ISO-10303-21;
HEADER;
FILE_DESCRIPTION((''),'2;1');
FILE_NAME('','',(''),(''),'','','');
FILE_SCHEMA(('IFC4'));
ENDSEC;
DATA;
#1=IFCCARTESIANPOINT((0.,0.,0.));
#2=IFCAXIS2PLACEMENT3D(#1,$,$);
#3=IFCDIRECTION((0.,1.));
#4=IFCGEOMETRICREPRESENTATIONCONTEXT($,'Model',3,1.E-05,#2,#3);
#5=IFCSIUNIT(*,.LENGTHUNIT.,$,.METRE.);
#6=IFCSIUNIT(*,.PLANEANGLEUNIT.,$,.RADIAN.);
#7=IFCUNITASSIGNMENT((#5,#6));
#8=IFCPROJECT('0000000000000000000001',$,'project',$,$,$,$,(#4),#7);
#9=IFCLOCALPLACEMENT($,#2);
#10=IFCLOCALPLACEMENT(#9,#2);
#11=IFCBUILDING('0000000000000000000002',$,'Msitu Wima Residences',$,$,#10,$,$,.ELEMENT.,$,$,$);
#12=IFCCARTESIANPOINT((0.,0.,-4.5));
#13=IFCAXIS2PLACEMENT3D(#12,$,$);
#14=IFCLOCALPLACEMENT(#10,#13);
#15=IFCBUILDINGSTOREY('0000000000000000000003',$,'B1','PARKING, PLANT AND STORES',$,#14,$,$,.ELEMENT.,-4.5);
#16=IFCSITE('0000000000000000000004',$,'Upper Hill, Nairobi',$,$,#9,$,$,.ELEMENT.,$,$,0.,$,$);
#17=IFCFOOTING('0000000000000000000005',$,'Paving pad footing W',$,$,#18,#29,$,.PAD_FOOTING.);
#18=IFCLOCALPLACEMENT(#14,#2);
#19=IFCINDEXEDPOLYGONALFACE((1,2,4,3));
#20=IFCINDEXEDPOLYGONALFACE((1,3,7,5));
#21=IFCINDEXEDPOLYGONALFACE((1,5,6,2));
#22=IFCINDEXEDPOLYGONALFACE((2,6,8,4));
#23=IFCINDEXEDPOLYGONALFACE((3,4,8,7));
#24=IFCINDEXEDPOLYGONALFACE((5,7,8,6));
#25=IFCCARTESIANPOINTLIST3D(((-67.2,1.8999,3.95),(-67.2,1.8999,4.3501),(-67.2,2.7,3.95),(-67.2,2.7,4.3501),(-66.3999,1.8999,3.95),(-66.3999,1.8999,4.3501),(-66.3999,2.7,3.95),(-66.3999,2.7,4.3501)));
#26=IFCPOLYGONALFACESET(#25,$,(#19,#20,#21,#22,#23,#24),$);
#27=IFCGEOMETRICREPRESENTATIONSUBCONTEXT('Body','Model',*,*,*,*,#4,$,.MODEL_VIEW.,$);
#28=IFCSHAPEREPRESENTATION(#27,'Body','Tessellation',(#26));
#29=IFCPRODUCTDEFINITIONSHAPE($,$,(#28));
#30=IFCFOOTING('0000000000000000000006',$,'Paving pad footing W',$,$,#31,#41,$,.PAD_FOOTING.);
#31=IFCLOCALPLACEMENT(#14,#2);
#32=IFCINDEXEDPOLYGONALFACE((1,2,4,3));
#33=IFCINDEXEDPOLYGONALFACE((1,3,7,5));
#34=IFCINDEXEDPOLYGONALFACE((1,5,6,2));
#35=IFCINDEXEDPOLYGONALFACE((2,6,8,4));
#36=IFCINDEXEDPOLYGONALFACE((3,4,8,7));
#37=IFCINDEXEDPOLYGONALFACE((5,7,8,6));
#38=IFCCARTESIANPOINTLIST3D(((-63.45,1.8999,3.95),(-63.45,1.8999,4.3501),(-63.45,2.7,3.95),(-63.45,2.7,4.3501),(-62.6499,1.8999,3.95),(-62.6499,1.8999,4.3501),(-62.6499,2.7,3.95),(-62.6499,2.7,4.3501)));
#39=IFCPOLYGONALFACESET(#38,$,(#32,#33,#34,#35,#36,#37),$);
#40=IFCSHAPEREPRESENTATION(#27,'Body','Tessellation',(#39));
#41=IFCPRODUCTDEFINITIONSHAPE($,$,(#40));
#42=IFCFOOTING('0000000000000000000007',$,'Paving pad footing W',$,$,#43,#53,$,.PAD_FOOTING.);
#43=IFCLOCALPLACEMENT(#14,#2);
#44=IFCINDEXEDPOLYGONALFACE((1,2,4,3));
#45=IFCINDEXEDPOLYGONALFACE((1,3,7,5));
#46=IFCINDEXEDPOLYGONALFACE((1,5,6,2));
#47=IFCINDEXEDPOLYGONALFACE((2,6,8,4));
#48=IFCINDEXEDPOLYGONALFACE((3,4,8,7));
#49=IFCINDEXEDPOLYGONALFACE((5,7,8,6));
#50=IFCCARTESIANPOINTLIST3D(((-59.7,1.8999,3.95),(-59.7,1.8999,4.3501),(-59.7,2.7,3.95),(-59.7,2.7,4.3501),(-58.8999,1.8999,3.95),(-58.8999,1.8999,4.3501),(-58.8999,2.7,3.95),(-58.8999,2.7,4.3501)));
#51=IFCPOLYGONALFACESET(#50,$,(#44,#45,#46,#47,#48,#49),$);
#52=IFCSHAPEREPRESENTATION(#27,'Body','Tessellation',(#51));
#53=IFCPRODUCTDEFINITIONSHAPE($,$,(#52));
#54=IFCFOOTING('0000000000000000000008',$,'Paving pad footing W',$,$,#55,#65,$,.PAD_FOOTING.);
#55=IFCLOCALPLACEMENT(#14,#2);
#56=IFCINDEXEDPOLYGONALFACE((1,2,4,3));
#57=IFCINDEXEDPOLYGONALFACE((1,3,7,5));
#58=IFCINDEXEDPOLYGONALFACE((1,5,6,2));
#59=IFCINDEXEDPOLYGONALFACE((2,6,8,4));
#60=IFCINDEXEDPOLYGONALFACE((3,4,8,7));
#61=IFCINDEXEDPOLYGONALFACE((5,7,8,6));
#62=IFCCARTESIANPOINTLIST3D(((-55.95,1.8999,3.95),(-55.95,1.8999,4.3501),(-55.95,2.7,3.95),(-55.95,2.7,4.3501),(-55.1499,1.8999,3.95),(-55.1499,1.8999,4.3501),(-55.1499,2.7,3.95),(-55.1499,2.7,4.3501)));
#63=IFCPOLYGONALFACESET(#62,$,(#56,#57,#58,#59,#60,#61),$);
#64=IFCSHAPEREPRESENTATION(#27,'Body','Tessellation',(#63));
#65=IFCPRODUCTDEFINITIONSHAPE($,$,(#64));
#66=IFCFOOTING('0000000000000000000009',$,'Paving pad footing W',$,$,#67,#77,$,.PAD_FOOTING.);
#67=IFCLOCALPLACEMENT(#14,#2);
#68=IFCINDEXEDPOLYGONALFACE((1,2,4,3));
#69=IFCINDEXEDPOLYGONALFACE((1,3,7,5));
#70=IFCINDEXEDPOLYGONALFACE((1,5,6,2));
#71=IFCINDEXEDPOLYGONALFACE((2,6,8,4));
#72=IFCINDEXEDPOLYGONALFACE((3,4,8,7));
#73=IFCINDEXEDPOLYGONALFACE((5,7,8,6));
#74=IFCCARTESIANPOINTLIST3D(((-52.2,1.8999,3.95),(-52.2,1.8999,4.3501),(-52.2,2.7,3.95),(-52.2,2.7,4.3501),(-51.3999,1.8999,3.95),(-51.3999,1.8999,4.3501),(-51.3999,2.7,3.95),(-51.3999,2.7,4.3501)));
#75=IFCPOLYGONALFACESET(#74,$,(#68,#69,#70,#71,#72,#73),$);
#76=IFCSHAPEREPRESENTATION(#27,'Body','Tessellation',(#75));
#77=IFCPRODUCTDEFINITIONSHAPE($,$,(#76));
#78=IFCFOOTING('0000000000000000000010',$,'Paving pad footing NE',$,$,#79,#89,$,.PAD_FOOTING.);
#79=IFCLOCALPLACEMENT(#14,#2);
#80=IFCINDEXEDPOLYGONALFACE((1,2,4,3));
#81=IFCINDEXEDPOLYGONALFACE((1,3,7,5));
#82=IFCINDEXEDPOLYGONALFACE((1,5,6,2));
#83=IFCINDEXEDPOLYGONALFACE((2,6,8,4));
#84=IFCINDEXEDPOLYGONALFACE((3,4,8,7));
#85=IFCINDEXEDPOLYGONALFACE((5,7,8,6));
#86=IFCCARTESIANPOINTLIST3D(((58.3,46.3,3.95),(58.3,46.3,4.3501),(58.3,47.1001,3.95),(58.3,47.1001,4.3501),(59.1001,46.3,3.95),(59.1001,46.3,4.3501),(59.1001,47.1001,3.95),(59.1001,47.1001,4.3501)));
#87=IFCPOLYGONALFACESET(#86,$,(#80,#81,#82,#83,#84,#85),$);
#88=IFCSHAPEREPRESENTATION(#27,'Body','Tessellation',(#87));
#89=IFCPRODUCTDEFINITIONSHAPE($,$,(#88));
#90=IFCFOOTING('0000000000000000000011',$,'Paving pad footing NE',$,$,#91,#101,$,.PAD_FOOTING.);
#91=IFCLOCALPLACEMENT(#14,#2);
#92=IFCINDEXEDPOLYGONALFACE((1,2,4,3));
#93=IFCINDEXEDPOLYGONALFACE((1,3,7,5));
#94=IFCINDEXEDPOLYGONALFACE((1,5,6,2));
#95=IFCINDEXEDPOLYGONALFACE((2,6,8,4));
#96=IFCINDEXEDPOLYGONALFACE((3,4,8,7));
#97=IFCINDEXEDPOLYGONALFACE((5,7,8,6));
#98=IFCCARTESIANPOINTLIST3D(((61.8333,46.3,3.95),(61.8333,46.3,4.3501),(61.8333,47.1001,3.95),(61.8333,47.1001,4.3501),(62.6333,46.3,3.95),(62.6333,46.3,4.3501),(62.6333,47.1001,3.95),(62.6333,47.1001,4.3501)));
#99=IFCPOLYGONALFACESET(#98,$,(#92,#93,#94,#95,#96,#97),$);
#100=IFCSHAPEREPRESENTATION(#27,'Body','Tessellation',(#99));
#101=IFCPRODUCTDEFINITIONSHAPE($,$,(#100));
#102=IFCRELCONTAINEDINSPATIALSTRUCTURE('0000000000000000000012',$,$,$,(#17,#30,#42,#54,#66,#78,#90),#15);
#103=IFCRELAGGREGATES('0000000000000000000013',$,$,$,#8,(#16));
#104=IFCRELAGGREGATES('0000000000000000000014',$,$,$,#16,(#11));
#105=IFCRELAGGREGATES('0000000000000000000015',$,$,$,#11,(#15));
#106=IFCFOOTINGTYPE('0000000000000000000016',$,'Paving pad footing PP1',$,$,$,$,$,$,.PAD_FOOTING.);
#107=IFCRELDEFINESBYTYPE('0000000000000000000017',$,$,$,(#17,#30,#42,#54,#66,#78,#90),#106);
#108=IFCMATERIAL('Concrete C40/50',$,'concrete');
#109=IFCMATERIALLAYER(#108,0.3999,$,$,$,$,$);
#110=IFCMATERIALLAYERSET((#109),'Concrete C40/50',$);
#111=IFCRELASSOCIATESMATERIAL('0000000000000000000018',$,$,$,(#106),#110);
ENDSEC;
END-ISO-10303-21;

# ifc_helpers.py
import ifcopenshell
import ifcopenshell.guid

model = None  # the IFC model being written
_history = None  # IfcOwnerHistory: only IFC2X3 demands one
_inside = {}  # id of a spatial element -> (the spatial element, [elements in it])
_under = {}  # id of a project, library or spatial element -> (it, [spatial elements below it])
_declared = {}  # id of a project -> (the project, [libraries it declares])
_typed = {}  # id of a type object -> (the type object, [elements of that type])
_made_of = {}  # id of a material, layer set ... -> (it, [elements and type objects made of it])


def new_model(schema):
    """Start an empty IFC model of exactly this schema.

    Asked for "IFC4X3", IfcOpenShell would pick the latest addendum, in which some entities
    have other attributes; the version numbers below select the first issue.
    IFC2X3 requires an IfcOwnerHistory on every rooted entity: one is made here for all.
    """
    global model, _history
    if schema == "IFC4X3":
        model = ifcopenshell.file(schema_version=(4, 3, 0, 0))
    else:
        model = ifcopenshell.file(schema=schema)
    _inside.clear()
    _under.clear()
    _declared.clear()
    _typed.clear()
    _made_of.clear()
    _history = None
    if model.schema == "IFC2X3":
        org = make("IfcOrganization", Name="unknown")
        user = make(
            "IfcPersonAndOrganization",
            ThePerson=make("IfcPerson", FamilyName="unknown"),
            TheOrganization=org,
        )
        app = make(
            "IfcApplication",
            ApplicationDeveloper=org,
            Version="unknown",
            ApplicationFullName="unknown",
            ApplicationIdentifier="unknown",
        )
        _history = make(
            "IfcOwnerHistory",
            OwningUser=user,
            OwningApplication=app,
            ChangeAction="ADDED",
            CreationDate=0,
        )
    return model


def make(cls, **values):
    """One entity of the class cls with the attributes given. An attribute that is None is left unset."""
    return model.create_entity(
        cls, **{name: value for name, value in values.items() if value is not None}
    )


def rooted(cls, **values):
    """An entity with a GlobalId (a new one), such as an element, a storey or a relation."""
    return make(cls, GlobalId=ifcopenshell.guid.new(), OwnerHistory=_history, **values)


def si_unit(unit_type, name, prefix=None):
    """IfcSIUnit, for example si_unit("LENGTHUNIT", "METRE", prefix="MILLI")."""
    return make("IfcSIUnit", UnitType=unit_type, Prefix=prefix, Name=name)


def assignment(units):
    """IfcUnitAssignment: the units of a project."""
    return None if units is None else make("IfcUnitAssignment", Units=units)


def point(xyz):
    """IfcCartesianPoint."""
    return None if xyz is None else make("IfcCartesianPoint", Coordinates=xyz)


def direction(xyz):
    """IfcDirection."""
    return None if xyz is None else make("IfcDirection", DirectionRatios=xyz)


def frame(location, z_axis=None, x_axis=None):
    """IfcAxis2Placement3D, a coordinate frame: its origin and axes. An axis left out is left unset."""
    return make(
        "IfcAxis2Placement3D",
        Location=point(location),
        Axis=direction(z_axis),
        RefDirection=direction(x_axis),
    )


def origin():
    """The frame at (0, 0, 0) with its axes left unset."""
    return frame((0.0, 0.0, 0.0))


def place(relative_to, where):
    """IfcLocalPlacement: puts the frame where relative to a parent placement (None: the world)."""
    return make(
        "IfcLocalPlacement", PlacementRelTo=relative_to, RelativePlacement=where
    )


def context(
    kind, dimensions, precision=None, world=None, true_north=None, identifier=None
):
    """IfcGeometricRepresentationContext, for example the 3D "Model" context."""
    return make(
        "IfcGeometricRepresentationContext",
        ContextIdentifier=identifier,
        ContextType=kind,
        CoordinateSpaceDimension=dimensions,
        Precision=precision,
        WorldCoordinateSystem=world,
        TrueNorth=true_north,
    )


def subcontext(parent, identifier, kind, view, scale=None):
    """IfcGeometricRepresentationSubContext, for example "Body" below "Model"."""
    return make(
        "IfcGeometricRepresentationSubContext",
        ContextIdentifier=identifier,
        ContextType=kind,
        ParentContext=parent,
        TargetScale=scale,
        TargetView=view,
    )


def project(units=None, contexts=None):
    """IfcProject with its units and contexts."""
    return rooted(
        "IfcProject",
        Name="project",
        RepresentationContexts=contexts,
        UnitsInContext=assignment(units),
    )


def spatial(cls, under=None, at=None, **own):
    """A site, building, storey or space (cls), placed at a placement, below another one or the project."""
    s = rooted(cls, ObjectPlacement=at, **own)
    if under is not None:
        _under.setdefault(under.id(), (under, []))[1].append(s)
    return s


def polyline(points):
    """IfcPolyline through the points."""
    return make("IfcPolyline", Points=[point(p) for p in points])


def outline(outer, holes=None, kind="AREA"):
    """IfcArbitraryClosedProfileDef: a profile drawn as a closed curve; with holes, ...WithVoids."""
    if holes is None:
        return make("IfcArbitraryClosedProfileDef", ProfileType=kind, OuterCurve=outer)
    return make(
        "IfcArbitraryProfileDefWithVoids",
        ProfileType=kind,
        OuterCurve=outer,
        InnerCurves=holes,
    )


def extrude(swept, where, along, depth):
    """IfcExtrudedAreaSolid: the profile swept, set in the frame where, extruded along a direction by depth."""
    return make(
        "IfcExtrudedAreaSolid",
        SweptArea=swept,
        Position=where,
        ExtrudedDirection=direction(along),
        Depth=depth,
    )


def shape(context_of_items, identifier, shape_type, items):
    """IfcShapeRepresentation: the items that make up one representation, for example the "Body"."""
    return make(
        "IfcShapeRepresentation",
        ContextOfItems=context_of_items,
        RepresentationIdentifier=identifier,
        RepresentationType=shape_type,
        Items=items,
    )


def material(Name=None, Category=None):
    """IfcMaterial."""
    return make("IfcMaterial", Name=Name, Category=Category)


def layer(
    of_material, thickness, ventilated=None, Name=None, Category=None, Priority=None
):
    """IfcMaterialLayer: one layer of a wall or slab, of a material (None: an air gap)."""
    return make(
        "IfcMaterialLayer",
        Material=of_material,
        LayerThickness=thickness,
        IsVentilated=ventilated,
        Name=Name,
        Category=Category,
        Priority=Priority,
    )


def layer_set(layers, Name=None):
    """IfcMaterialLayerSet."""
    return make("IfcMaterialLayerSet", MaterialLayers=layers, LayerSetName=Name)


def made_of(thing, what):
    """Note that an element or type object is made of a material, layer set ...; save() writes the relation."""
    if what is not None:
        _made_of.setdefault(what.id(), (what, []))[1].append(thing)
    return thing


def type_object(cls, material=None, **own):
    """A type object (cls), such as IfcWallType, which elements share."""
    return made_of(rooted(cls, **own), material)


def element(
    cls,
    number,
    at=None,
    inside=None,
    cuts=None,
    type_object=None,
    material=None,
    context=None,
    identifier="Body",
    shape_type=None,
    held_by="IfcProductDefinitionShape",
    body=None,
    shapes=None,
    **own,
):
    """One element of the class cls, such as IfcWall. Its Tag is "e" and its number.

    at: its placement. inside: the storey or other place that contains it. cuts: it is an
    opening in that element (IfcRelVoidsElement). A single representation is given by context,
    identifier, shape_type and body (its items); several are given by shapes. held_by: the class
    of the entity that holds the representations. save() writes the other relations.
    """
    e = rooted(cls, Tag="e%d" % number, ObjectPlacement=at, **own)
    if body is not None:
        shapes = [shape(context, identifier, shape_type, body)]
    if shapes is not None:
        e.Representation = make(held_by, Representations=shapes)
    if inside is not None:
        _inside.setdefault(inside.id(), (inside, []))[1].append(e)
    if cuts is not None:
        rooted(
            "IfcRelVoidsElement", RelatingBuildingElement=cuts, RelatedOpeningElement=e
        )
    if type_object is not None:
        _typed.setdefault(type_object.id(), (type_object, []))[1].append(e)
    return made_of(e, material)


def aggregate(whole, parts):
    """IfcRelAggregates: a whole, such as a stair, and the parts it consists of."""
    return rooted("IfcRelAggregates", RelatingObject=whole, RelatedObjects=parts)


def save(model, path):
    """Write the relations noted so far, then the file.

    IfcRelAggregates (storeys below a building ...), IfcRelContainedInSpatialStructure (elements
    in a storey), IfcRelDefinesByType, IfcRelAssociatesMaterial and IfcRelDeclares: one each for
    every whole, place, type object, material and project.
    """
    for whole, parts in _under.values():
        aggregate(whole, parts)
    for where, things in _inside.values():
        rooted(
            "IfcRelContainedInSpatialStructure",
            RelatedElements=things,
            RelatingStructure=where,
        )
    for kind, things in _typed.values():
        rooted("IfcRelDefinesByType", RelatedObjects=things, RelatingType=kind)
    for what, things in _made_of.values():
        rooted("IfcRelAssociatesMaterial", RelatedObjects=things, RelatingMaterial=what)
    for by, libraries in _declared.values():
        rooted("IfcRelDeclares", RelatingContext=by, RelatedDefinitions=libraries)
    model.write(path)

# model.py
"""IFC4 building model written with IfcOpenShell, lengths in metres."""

from ifc_helpers import new_model, si_unit, direction, frame, origin, place, context, subcontext, project, spatial, polyline, outline, extrude, material, layer, layer_set, type_object, element, save


model = new_model("IFC4")

# Units and contexts
model_context = context("Model", 3, precision=1e-05, world=origin(), true_north=direction((0.0, 1.0)))
body_context = subcontext(model_context, "Body", "Model", "MODEL_VIEW")
ifc_project = project(units=[si_unit("LENGTHUNIT", "METRE"), si_unit("PLANEANGLEUNIT", "RADIAN")], contexts=[model_context])

# Site, building, storey
site_placement = place(None, origin())
site = spatial("IfcSite", under=ifc_project, at=site_placement, Name="Upper Hill, Nairobi", CompositionType="ELEMENT", RefElevation=0.0)
building_placement = place(site_placement, origin())
building = spatial("IfcBuilding", under=site, at=building_placement, Name="Msitu Wima Residences", CompositionType="ELEMENT")
storey_placement = place(building_placement, frame((0.0, 0.0, -4.5)))
storey = spatial("IfcBuildingStorey", under=building, at=storey_placement, Name="B1", Description="PARKING, PLANT AND STORES", CompositionType="ELEMENT", Elevation=-4.5)

# Footings
ifc_material = material(Name="Concrete C40/50", Category="concrete")
ifc_layer = layer(ifc_material, 0.3999)
ifc_layer_set = layer_set([ifc_layer], Name="Concrete C40/50")
footing_type = type_object("IfcFootingType", Name="Paving pad footing PP1", PredefinedType="PAD_FOOTING", material=ifc_layer_set)
footing_1_placement = place(storey_placement, frame((0.0, 0.0, 3.95)))
element("IfcFooting", 1, at=footing_1_placement, inside=storey, type_object=footing_type, Name="Paving pad footing W", PredefinedType="PAD_FOOTING", context=body_context, shape_type="SweptSolid", body=[
    extrude(outline(polyline([(-66.3999, 1.8999), (-66.3999, 2.7), (-67.2, 2.7), (-67.2, 1.8999), (-66.3999, 1.8999)])), origin(), (0.0, 0.0, 1.0), 0.4001),
])
footing_2_placement = place(storey_placement, frame((0.0, 0.0, 3.95)))
element("IfcFooting", 2, at=footing_2_placement, inside=storey, type_object=footing_type, Name="Paving pad footing W", PredefinedType="PAD_FOOTING", context=body_context, shape_type="SweptSolid", body=[
    extrude(outline(polyline([(-62.6499, 1.8999), (-62.6499, 2.7), (-63.45, 2.7), (-63.45, 1.8999), (-62.6499, 1.8999)])), origin(), (0.0, 0.0, 1.0), 0.4001),
])
footing_3_placement = place(storey_placement, frame((0.0, 0.0, 3.95)))
element("IfcFooting", 3, at=footing_3_placement, inside=storey, type_object=footing_type, Name="Paving pad footing W", PredefinedType="PAD_FOOTING", context=body_context, shape_type="SweptSolid", body=[
    extrude(outline(polyline([(-58.8999, 1.8999), (-58.8999, 2.7), (-59.7, 2.7), (-59.7, 1.8999), (-58.8999, 1.8999)])), origin(), (0.0, 0.0, 1.0), 0.4001),
])
footing_4_placement = place(storey_placement, frame((0.0, 0.0, 3.95)))
element("IfcFooting", 4, at=footing_4_placement, inside=storey, type_object=footing_type, Name="Paving pad footing W", PredefinedType="PAD_FOOTING", context=body_context, shape_type="SweptSolid", body=[
    extrude(outline(polyline([(-55.1499, 1.8999), (-55.1499, 2.7), (-55.95, 2.7), (-55.95, 1.8999), (-55.1499, 1.8999)])), origin(), (0.0, 0.0, 1.0), 0.4001),
])
footing_5_placement = place(storey_placement, frame((0.0, 0.0, 3.95)))
element("IfcFooting", 5, at=footing_5_placement, inside=storey, type_object=footing_type, Name="Paving pad footing W", PredefinedType="PAD_FOOTING", context=body_context, shape_type="SweptSolid", body=[
    extrude(outline(polyline([(-51.3999, 1.8999), (-51.3999, 2.7), (-52.2, 2.7), (-52.2, 1.8999), (-51.3999, 1.8999)])), origin(), (0.0, 0.0, 1.0), 0.4001),
])
footing_6_placement = place(storey_placement, frame((0.0, 0.0, 3.95)))
element("IfcFooting", 6, at=footing_6_placement, inside=storey, type_object=footing_type, Name="Paving pad footing NE", PredefinedType="PAD_FOOTING", context=body_context, shape_type="SweptSolid", body=[
    extrude(outline(polyline([(59.1001, 46.3), (59.1001, 47.1001), (58.3, 47.1001), (58.3, 46.3), (59.1001, 46.3)])), origin(), (0.0, 0.0, 1.0), 0.4001),
])
footing_7_placement = place(storey_placement, frame((0.0, 0.0, 3.95)))
element("IfcFooting", 7, at=footing_7_placement, inside=storey, type_object=footing_type, Name="Paving pad footing NE", PredefinedType="PAD_FOOTING", context=body_context, shape_type="SweptSolid", body=[
    extrude(outline(polyline([(62.6333, 46.3), (62.6333, 47.1001), (61.8333, 47.1001), (61.8333, 46.3), (62.6333, 46.3)])), origin(), (0.0, 0.0, 1.0), 0.4001),
])

save(model, "model.ifc")
